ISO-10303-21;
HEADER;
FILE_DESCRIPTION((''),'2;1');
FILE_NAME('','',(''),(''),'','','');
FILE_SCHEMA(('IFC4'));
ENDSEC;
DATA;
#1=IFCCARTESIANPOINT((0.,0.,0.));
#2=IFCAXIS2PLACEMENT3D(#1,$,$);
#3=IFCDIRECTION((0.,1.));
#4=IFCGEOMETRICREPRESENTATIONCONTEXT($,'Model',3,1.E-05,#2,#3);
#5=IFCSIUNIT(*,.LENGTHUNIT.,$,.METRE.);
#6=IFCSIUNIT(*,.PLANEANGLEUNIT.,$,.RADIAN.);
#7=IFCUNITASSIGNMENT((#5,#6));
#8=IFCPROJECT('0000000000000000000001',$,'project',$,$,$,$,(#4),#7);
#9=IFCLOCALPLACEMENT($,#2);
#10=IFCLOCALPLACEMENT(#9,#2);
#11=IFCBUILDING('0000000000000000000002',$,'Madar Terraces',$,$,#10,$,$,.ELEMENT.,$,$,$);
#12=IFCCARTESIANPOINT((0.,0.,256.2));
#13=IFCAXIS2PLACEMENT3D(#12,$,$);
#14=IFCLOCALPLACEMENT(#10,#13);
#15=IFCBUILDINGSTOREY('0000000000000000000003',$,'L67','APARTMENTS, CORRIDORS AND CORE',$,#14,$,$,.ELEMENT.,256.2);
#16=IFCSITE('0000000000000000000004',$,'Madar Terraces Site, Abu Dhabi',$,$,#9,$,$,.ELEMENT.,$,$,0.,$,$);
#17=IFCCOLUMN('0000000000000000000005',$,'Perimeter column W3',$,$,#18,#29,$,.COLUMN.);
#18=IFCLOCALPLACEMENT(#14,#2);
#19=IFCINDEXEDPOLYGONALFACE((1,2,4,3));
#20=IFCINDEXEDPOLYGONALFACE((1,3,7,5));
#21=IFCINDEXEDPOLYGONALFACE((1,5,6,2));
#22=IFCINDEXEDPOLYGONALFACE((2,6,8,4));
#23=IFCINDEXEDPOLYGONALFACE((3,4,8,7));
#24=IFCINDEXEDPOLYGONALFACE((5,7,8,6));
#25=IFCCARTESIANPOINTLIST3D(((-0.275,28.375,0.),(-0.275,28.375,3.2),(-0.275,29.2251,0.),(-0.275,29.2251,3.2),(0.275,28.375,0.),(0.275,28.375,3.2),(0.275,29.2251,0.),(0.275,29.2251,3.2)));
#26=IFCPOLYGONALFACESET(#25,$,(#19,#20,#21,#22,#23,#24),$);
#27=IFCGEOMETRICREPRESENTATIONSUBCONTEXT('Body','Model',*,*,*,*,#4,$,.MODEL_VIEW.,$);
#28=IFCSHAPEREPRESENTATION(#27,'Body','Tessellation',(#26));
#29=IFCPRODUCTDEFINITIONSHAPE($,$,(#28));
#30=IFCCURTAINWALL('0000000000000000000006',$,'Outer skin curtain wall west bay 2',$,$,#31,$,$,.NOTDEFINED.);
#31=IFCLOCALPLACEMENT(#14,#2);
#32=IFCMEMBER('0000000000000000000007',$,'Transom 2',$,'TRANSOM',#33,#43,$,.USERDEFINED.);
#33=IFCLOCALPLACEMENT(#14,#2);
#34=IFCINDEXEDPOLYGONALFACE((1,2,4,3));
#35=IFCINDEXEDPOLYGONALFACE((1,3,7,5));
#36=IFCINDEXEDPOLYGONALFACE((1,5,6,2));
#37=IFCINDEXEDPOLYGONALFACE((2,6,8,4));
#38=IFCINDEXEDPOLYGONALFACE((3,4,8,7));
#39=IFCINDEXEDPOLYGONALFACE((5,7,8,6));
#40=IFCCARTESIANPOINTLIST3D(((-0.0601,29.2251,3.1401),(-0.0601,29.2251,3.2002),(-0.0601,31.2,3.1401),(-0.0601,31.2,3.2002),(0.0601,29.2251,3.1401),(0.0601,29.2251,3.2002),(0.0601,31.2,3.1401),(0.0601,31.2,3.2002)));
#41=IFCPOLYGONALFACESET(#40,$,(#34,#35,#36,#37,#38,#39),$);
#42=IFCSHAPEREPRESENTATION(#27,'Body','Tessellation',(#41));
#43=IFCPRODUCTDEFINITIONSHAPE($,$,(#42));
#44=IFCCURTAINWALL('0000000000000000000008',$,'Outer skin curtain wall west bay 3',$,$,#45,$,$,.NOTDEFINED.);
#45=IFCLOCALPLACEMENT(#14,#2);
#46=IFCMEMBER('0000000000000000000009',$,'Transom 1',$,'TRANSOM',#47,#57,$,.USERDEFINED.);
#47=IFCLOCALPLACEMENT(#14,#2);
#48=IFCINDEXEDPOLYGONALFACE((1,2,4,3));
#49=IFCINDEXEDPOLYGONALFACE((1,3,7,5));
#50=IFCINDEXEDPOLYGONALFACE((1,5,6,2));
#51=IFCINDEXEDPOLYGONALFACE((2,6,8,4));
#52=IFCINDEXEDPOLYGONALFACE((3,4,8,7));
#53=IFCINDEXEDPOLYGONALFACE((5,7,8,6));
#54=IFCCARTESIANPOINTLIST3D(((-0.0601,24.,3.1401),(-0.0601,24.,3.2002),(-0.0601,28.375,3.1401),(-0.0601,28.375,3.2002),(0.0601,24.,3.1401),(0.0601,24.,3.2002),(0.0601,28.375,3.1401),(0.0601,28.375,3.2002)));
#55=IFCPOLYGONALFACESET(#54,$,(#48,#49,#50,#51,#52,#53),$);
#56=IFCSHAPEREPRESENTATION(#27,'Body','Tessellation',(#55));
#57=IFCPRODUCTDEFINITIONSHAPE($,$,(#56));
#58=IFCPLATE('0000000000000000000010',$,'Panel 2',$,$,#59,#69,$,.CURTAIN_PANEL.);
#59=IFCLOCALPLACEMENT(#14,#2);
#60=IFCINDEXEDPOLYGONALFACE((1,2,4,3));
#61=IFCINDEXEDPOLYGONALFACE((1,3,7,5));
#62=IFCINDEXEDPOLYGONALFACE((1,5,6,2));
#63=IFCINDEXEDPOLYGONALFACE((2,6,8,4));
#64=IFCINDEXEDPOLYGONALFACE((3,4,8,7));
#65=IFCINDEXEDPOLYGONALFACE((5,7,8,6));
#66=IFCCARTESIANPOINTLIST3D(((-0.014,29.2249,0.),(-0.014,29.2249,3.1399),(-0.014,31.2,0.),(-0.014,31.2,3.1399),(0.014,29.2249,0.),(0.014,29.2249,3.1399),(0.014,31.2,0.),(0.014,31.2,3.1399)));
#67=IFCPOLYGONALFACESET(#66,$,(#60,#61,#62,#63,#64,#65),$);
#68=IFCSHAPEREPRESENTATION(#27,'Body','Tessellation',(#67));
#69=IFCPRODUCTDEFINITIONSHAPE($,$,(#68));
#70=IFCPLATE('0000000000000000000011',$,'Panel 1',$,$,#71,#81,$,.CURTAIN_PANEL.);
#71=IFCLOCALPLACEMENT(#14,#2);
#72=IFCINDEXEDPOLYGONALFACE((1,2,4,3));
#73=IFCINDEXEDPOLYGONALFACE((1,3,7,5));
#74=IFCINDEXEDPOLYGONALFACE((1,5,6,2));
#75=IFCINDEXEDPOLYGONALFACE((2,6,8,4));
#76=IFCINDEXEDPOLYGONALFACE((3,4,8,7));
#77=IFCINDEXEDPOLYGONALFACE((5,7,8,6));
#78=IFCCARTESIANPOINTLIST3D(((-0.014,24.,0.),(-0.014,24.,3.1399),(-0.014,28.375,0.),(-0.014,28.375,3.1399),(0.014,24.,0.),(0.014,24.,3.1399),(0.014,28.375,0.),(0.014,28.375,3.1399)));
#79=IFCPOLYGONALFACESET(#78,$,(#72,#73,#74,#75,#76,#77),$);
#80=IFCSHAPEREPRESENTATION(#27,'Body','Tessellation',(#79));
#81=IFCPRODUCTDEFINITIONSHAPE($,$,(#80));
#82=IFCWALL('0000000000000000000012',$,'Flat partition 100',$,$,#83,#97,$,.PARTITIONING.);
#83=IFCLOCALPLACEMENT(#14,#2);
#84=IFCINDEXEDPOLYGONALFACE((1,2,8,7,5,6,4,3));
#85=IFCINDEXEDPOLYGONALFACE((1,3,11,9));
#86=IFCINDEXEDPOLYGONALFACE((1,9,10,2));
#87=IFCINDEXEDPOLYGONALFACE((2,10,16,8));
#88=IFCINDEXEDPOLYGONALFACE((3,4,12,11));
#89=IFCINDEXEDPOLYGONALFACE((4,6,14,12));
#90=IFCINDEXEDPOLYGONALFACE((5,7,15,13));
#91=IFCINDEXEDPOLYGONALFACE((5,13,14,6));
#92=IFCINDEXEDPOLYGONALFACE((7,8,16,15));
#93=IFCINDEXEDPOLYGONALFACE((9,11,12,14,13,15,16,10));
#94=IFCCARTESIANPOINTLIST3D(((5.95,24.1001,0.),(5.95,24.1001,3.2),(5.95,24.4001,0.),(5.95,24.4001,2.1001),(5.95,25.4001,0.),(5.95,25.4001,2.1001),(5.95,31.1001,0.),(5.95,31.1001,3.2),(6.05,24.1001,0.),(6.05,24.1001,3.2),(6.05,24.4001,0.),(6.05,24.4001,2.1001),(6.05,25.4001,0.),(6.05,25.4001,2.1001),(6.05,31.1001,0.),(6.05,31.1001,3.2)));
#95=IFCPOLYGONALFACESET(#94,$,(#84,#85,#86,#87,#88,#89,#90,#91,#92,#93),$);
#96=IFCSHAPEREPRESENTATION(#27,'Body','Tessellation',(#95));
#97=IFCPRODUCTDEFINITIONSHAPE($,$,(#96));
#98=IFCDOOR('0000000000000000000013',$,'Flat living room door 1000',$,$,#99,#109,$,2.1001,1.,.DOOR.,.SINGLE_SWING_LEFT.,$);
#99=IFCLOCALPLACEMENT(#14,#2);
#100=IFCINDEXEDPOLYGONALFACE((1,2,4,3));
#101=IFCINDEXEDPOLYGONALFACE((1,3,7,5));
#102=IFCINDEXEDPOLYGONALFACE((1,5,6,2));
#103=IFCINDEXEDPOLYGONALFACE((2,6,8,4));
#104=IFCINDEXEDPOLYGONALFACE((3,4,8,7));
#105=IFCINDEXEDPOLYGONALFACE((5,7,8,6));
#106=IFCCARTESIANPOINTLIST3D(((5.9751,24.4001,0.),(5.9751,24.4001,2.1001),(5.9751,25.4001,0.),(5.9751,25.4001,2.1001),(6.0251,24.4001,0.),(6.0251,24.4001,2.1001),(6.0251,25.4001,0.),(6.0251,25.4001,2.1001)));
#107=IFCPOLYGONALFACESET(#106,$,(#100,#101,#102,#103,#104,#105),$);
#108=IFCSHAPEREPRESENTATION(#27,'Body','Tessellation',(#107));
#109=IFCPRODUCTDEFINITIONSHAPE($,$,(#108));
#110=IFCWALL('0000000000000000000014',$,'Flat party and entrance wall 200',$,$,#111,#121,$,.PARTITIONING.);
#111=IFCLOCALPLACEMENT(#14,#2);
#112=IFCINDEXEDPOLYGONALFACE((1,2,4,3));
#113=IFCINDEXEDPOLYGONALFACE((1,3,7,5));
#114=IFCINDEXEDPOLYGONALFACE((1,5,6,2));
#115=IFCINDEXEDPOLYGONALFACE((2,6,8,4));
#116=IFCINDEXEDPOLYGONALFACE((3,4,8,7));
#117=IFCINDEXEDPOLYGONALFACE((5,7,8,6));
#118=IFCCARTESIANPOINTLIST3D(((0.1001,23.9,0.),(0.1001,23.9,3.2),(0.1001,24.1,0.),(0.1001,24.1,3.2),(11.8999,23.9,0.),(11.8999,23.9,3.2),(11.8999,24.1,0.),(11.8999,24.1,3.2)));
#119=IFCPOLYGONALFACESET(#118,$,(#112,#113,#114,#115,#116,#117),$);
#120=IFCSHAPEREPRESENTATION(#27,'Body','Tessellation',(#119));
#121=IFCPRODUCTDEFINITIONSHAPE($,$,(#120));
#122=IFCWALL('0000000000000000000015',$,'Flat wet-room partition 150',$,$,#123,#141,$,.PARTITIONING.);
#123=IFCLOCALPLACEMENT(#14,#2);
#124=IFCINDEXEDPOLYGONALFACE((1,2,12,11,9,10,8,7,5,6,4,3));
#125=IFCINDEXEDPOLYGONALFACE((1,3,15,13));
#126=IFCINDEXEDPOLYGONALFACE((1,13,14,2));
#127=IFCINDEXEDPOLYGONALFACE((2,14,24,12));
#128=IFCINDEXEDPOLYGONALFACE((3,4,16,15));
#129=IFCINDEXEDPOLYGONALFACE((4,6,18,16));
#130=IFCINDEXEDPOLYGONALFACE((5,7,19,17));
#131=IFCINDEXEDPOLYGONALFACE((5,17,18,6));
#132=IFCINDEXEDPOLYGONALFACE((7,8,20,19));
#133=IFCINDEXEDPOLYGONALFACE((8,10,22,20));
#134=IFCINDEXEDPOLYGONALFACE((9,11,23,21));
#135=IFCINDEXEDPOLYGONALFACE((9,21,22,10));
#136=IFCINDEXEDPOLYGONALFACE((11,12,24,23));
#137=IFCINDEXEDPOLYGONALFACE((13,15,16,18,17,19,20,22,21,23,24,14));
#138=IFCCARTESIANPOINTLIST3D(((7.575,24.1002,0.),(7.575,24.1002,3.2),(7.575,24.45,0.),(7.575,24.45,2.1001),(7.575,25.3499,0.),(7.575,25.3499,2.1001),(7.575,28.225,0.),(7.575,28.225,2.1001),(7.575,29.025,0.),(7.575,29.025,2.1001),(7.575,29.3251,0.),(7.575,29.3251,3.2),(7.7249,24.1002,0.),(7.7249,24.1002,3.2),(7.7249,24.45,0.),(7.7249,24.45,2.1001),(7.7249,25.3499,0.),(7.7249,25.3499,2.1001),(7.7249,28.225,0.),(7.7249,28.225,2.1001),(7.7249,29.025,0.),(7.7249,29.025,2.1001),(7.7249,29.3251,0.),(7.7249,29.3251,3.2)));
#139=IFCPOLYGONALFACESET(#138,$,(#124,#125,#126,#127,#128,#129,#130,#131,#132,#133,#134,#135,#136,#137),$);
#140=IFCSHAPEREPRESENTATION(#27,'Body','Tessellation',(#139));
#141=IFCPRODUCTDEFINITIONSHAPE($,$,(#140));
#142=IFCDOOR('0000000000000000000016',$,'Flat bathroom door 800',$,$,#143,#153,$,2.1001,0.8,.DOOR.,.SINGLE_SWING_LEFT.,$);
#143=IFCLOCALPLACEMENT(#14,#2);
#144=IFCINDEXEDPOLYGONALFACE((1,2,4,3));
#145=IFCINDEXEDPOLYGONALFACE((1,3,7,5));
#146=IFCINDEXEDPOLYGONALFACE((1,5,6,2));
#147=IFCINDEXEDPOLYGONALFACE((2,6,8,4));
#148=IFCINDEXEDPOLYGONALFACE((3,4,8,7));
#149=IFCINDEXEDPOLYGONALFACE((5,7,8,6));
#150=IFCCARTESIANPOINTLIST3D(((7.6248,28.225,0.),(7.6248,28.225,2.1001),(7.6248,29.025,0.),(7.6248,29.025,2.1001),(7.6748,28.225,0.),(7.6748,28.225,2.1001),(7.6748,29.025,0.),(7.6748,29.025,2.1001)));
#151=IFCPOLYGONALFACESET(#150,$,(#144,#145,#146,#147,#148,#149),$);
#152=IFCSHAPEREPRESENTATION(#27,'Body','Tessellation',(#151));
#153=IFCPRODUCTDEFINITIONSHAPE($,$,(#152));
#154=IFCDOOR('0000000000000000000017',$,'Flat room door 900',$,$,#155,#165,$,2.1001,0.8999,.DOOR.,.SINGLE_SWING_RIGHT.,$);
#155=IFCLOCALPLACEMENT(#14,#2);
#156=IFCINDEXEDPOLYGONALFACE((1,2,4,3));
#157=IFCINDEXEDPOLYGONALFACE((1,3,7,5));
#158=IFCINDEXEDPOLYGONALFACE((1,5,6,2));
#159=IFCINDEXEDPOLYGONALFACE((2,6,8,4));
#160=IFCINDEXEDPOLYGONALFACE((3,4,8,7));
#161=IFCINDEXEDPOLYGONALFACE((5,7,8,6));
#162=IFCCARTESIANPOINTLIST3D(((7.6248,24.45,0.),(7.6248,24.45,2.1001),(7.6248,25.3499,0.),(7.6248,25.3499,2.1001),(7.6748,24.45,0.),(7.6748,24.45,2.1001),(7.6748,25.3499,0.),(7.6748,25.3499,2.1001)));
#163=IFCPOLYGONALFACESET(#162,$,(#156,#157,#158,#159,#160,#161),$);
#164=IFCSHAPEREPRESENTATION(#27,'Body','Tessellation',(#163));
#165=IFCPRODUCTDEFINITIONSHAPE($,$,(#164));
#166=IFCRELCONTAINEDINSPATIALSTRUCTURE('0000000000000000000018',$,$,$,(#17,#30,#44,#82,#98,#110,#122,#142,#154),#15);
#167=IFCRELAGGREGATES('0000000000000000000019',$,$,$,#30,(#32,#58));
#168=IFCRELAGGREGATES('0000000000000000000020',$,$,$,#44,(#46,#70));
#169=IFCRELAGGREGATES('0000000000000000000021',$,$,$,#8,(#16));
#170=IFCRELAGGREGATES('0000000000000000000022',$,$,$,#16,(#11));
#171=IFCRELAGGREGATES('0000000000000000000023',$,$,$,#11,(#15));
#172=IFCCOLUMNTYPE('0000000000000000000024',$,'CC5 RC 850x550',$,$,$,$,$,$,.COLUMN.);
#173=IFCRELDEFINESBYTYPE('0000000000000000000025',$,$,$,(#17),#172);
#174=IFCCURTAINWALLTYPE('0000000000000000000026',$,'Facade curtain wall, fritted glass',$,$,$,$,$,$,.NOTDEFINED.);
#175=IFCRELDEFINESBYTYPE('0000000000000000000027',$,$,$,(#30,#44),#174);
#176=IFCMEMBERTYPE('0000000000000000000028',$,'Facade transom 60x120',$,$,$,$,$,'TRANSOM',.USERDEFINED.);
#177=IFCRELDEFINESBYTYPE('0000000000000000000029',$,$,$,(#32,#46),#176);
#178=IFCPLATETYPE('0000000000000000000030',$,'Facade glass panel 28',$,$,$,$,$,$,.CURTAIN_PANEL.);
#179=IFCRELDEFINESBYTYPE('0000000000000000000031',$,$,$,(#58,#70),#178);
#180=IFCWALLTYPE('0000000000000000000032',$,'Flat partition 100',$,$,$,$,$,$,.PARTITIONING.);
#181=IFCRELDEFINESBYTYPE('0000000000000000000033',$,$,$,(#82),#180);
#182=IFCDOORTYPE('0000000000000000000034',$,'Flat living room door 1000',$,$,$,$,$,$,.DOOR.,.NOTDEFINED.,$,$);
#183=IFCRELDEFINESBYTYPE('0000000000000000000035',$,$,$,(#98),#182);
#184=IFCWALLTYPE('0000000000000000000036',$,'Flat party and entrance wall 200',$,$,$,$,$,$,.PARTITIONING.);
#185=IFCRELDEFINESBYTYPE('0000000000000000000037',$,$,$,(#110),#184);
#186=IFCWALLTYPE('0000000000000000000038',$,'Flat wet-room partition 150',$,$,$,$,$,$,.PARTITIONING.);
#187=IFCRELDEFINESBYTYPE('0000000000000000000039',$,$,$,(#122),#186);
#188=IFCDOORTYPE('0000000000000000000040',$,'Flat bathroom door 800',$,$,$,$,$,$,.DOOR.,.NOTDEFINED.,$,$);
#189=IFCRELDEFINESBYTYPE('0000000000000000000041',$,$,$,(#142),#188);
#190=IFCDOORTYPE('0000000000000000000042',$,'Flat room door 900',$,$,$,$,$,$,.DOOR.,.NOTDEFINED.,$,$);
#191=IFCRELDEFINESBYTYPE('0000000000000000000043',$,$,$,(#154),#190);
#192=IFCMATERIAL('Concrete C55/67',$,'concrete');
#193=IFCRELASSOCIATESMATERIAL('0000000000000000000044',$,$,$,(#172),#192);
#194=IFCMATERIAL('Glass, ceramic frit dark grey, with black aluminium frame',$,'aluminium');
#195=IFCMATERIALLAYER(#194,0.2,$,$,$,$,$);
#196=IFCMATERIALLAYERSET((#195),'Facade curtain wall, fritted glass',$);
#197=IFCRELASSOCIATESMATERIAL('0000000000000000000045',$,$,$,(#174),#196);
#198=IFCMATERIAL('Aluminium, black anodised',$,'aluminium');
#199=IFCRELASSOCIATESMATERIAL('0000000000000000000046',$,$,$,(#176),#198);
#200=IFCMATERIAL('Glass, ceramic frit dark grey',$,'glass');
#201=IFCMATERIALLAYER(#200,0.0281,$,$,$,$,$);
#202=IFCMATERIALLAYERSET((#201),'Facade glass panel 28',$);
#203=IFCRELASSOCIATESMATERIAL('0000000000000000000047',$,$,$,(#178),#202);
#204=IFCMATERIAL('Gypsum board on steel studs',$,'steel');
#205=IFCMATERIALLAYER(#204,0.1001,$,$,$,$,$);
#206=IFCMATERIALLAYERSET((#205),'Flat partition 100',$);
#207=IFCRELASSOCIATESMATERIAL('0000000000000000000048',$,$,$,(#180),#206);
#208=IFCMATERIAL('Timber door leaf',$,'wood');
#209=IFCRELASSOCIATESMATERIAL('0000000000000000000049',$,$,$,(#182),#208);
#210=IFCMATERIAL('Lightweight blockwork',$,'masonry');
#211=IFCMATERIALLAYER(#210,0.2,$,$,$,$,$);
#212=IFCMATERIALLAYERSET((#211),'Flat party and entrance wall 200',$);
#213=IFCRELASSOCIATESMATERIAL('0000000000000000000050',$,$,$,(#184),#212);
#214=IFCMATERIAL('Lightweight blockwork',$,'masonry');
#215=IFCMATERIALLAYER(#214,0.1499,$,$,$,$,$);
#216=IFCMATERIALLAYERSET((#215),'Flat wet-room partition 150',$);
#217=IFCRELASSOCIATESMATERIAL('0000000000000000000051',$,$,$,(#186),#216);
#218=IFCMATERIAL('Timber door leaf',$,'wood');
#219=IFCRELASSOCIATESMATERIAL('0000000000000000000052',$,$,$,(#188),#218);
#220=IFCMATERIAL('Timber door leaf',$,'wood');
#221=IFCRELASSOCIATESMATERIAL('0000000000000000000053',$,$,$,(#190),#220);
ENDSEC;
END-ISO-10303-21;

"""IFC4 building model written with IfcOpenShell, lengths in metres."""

from ifc_helpers import new_model, si_unit, direction, frame, frame_2d, origin, origin_2d, place, context, subcontext, project, spatial, rectangle, extrude, material, layer, layer_set, material_profile, profile_set, type_object, element, fill, aggregate, save


model = new_model("IFC4")

# Units and contexts
model_context = context("Model", 3, precision=1e-05, world=origin(), true_north=direction((0.0, 1.0)))
body_context = subcontext(model_context, "Body", "Model", "MODEL_VIEW")
ifc_project = project(units=[si_unit("LENGTHUNIT", "METRE"), si_unit("PLANEANGLEUNIT", "RADIAN")], contexts=[model_context])

# Site, building, storey
site_placement = place(None, origin())
site = spatial("IfcSite", under=ifc_project, at=site_placement, Name="Madar Terraces Site, Abu Dhabi", CompositionType="ELEMENT", RefElevation=0.0)
building_placement = place(site_placement, origin())
building = spatial("IfcBuilding", under=site, at=building_placement, Name="Madar Terraces", CompositionType="ELEMENT")
storey_placement = place(building_placement, frame((0.0, 0.0, 256.2)))
storey = spatial("IfcBuildingStorey", under=building, at=storey_placement, Name="L67", Description="APARTMENTS, CORRIDORS AND CORE", CompositionType="ELEMENT", Elevation=256.2)

# Column
ifc_material_1 = material(Name="Concrete C55/67", Category="concrete")
ifc_material_profile_1 = material_profile(ifc_material_1, rectangle(XDim=0.8501, YDim=0.55, at=origin_2d()), Name="CC5 RC 850x550")
ifc_profile_set_1 = profile_set([ifc_material_profile_1], Name="Concrete C55/67")
column_type = type_object("IfcColumnType", Name="CC5 RC 850x550", PredefinedType="COLUMN", material=ifc_profile_set_1)
column_placement = place(storey_placement, frame((0.0, 28.8, 0.0), z_axis=(0.0, 0.0, 1.0), x_axis=(0.0, 1.0, 0.0)))
element("IfcColumn", 1, at=column_placement, inside=storey, type_object=column_type, Name="Perimeter column W3", PredefinedType="COLUMN", context=body_context, shape_type="SweptSolid", body=[
    extrude(rectangle(XDim=0.8501, YDim=0.55, at=origin_2d()), origin(), (0.0, 0.0, 1.0), 3.2),
])

# Curtain walls, members
ifc_material_2 = material(Name="Glass, ceramic frit dark grey, with black aluminium frame", Category="aluminium")
ifc_layer_1 = layer(ifc_material_2, 0.2)
ifc_layer_set_1 = layer_set([ifc_layer_1], Name="Facade curtain wall, fritted glass")
curtain_wall_type = type_object("IfcCurtainWallType", Name="Facade curtain wall, fritted glass", PredefinedType="NOTDEFINED", material=ifc_layer_set_1)
curtain_wall_1_placement = place(storey_placement, origin())
curtain_wall_1 = element("IfcCurtainWall", 2, at=curtain_wall_1_placement, inside=storey, type_object=curtain_wall_type, Name="Outer skin curtain wall west bay 2", PredefinedType="NOTDEFINED")
ifc_material_3 = material(Name="Aluminium, black anodised", Category="aluminium")
ifc_material_profile_2 = material_profile(ifc_material_3, rectangle(XDim=0.1201, YDim=0.0601, at=origin_2d()), Name="Facade transom 60x120")
ifc_profile_set_2 = profile_set([ifc_material_profile_2], Name="Aluminium, black anodised")
member_type = type_object("IfcMemberType", Name="Facade transom 60x120", ElementType="TRANSOM", PredefinedType="USERDEFINED", material=ifc_profile_set_2)
member_1_placement = place(storey_placement, frame((0.0, 31.2, 3.1702), z_axis=(0.0, -1.0, 0.0), x_axis=(1.0, 0.0, 0.0)))
member_1 = element("IfcMember", 3, at=member_1_placement, type_object=member_type, Name="Transom 2", ObjectType="TRANSOM", PredefinedType="USERDEFINED", context=body_context, shape_type="SweptSolid", body=[
    extrude(rectangle(XDim=0.1201, YDim=0.0601, at=origin_2d()), origin(), (0.0, 0.0, 1.0), 1.9749),
])
curtain_wall_2_placement = place(storey_placement, origin())
curtain_wall_2 = element("IfcCurtainWall", 4, at=curtain_wall_2_placement, inside=storey, type_object=curtain_wall_type, Name="Outer skin curtain wall west bay 3", PredefinedType="NOTDEFINED")
member_2_placement = place(storey_placement, frame((0.0, 28.375, 3.1702), z_axis=(0.0, -1.0, 0.0), x_axis=(1.0, 0.0, 0.0)))
member_2 = element("IfcMember", 5, at=member_2_placement, type_object=member_type, Name="Transom 1", ObjectType="TRANSOM", PredefinedType="USERDEFINED", context=body_context, shape_type="SweptSolid", body=[
    extrude(rectangle(XDim=0.1201, YDim=0.0601, at=origin_2d()), origin(), (0.0, 0.0, 1.0), 4.375),
])

# Plates
ifc_material_4 = material(Name="Glass, ceramic frit dark grey", Category="glass")
ifc_layer_2 = layer(ifc_material_4, 0.0281)
ifc_layer_set_2 = layer_set([ifc_layer_2], Name="Facade glass panel 28")
plate_type = type_object("IfcPlateType", Name="Facade glass panel 28", PredefinedType="CURTAIN_PANEL", material=ifc_layer_set_2)
plate_1_placement = place(storey_placement, frame((0.0, 30.2124, 0.0), z_axis=(0.0, 0.0, 1.0), x_axis=(0.0, -1.0, 0.0)))
plate_1 = element("IfcPlate", 6, at=plate_1_placement, type_object=plate_type, Name="Panel 2", PredefinedType="CURTAIN_PANEL", context=body_context, shape_type="SweptSolid", body=[
    extrude(rectangle(XDim=1.9751, YDim=0.0281, at=origin_2d()), origin(), (0.0, 0.0, 1.0), 3.1399),
])
aggregate(curtain_wall_1, [member_1, plate_1])
plate_2_placement = place(storey_placement, frame((0.0, 26.1875, 0.0), z_axis=(0.0, 0.0, 1.0), x_axis=(0.0, -1.0, 0.0)))
plate_2 = element("IfcPlate", 7, at=plate_2_placement, type_object=plate_type, Name="Panel 1", PredefinedType="CURTAIN_PANEL", context=body_context, shape_type="SweptSolid", body=[
    extrude(rectangle(XDim=4.375, YDim=0.0281, at=origin_2d()), origin(), (0.0, 0.0, 1.0), 3.1399),
])
aggregate(curtain_wall_2, [member_2, plate_2])

# Wall, opening, door
ifc_material_5 = material(Name="Gypsum board on steel studs", Category="steel")
ifc_layer_3 = layer(ifc_material_5, 0.1001)
ifc_layer_set_3 = layer_set([ifc_layer_3], Name="Flat partition 100")
wall_type_1 = type_object("IfcWallType", Name="Flat partition 100", PredefinedType="PARTITIONING", material=ifc_layer_set_3)
wall_1_placement = place(storey_placement, frame((6.0, 24.1001, 0.0), z_axis=(0.0, 0.0, 1.0), x_axis=(0.0, 1.0, 0.0)))
wall_1 = element("IfcWall", 8, at=wall_1_placement, inside=storey, type_object=wall_type_1, Name="Flat partition 100", PredefinedType="PARTITIONING", context=body_context, shape_type="SweptSolid", body=[
    extrude(rectangle(XDim=7.0, YDim=0.1001, at=frame_2d((3.5, 0.0))), origin(), (0.0, 0.0, 1.0), 3.2),
])
opening_1_placement = place(wall_1_placement, frame((0.3, 0.0, 0.0)))
opening_1 = element("IfcOpeningElement", 9, at=opening_1_placement, cuts=wall_1, PredefinedType="OPENING", context=body_context, shape_type="SweptSolid", body=[
    extrude(rectangle(XDim=1.0, YDim=2.1001, at=frame_2d((0.5, 1.05))), frame((0.0, 0.0601, 0.0), z_axis=(0.0, -1.0, 0.0), x_axis=(1.0, 0.0, 0.0)), (0.0, 0.0, 1.0), 0.1201),
])
ifc_material_6 = material(Name="Timber door leaf", Category="wood")
door_type_1 = type_object("IfcDoorType", Name="Flat living room door 1000", OperationType="NOTDEFINED", PredefinedType="DOOR", material=ifc_material_6)
door_1_placement = place(opening_1_placement, origin())
door_1 = element("IfcDoor", 10, at=door_1_placement, inside=storey, type_object=door_type_1, Name="Flat living room door 1000", OperationType="SINGLE_SWING_LEFT", OverallHeight=2.1001, OverallWidth=1.0, PredefinedType="DOOR", context=body_context, shape_type="SweptSolid", body=[
    extrude(rectangle(XDim=1.0, YDim=2.1001, at=frame_2d((0.5, 1.05))), frame((0.0, 0.0249, 0.0), z_axis=(0.0, -1.0, 0.0), x_axis=(1.0, 0.0, 0.0)), (0.0, 0.0, 1.0), 0.05),
])
fill(opening_1, door_1)

# Wall
ifc_material_7 = material(Name="Lightweight blockwork", Category="masonry")
ifc_layer_4 = layer(ifc_material_7, 0.2)
ifc_layer_set_4 = layer_set([ifc_layer_4], Name="Flat party and entrance wall 200")
wall_type_2 = type_object("IfcWallType", Name="Flat party and entrance wall 200", PredefinedType="PARTITIONING", material=ifc_layer_set_4)
wall_2_placement = place(storey_placement, frame((0.1001, 24.0, 0.0), z_axis=(0.0, 0.0, 1.0), x_axis=(1.0, 0.0, 0.0)))
element("IfcWall", 11, at=wall_2_placement, inside=storey, type_object=wall_type_2, Name="Flat party and entrance wall 200", PredefinedType="PARTITIONING", context=body_context, shape_type="SweptSolid", body=[
    extrude(rectangle(XDim=11.7998, YDim=0.2, at=frame_2d((5.8999, 0.0))), origin(), (0.0, 0.0, 1.0), 3.2),
])

# Wall, openings, doors
ifc_material_8 = material(Name="Lightweight blockwork", Category="masonry")
ifc_layer_5 = layer(ifc_material_8, 0.1499)
ifc_layer_set_5 = layer_set([ifc_layer_5], Name="Flat wet-room partition 150")
wall_type_3 = type_object("IfcWallType", Name="Flat wet-room partition 150", PredefinedType="PARTITIONING", material=ifc_layer_set_5)
wall_3_placement = place(storey_placement, frame((7.6499, 29.325, 0.0), z_axis=(0.0, 0.0, 1.0), x_axis=(0.0, -1.0, 0.0)))
wall_3 = element("IfcWall", 12, at=wall_3_placement, inside=storey, type_object=wall_type_3, Name="Flat wet-room partition 150", PredefinedType="PARTITIONING", context=body_context, shape_type="SweptSolid", body=[
    extrude(rectangle(XDim=5.2249, YDim=0.1499, at=frame_2d((2.6123, 0.0))), origin(), (0.0, 0.0, 1.0), 3.2),
])
opening_2_placement = place(wall_3_placement, frame((0.3, 0.0, 0.0)))
opening_2 = element("IfcOpeningElement", 13, at=opening_2_placement, cuts=wall_3, PredefinedType="OPENING", context=body_context, shape_type="SweptSolid", body=[
    extrude(rectangle(XDim=0.8, YDim=2.1001, at=frame_2d((0.3999, 1.05))), frame((0.0, 0.085, 0.0), z_axis=(0.0, -1.0, 0.0), x_axis=(1.0, 0.0, 0.0)), (0.0, 0.0, 1.0), 0.1699),
])
opening_3_placement = place(wall_3_placement, frame((3.9751, 0.0, 0.0)))
opening_3 = element("IfcOpeningElement", 14, at=opening_3_placement, cuts=wall_3, PredefinedType="OPENING", context=body_context, shape_type="SweptSolid", body=[
    extrude(rectangle(XDim=0.8999, YDim=2.1001, at=frame_2d((0.45, 1.05))), frame((0.0, 0.085, 0.0), z_axis=(0.0, -1.0, 0.0), x_axis=(1.0, 0.0, 0.0)), (0.0, 0.0, 1.0), 0.1699),
])
ifc_material_9 = material(Name="Timber door leaf", Category="wood")
door_type_2 = type_object("IfcDoorType", Name="Flat bathroom door 800", OperationType="NOTDEFINED", PredefinedType="DOOR", material=ifc_material_9)
door_2_placement = place(opening_2_placement, origin())
door_2 = element("IfcDoor", 15, at=door_2_placement, inside=storey, type_object=door_type_2, Name="Flat bathroom door 800", OperationType="SINGLE_SWING_LEFT", OverallHeight=2.1001, OverallWidth=0.8, PredefinedType="DOOR", context=body_context, shape_type="SweptSolid", body=[
    extrude(rectangle(XDim=0.8, YDim=2.1001, at=frame_2d((0.3999, 1.05))), frame((0.0, 0.0249, 0.0), z_axis=(0.0, -1.0, 0.0), x_axis=(1.0, 0.0, 0.0)), (0.0, 0.0, 1.0), 0.05),
])
fill(opening_2, door_2)
ifc_material_10 = material(Name="Timber door leaf", Category="wood")
door_type_3 = type_object("IfcDoorType", Name="Flat room door 900", OperationType="NOTDEFINED", PredefinedType="DOOR", material=ifc_material_10)
door_3_placement = place(opening_3_placement, origin())
door_3 = element("IfcDoor", 16, at=door_3_placement, inside=storey, type_object=door_type_3, Name="Flat room door 900", OperationType="SINGLE_SWING_RIGHT", OverallHeight=2.1001, OverallWidth=0.8999, PredefinedType="DOOR", context=body_context, shape_type="SweptSolid", body=[
    extrude(rectangle(XDim=0.8999, YDim=2.1001, at=frame_2d((0.45, 1.05))), frame((0.0, 0.0249, 0.0), z_axis=(0.0, -1.0, 0.0), x_axis=(1.0, 0.0, 0.0)), (0.0, 0.0, 1.0), 0.05),
])
fill(opening_3, door_3)

save(model, "model.ifc")
